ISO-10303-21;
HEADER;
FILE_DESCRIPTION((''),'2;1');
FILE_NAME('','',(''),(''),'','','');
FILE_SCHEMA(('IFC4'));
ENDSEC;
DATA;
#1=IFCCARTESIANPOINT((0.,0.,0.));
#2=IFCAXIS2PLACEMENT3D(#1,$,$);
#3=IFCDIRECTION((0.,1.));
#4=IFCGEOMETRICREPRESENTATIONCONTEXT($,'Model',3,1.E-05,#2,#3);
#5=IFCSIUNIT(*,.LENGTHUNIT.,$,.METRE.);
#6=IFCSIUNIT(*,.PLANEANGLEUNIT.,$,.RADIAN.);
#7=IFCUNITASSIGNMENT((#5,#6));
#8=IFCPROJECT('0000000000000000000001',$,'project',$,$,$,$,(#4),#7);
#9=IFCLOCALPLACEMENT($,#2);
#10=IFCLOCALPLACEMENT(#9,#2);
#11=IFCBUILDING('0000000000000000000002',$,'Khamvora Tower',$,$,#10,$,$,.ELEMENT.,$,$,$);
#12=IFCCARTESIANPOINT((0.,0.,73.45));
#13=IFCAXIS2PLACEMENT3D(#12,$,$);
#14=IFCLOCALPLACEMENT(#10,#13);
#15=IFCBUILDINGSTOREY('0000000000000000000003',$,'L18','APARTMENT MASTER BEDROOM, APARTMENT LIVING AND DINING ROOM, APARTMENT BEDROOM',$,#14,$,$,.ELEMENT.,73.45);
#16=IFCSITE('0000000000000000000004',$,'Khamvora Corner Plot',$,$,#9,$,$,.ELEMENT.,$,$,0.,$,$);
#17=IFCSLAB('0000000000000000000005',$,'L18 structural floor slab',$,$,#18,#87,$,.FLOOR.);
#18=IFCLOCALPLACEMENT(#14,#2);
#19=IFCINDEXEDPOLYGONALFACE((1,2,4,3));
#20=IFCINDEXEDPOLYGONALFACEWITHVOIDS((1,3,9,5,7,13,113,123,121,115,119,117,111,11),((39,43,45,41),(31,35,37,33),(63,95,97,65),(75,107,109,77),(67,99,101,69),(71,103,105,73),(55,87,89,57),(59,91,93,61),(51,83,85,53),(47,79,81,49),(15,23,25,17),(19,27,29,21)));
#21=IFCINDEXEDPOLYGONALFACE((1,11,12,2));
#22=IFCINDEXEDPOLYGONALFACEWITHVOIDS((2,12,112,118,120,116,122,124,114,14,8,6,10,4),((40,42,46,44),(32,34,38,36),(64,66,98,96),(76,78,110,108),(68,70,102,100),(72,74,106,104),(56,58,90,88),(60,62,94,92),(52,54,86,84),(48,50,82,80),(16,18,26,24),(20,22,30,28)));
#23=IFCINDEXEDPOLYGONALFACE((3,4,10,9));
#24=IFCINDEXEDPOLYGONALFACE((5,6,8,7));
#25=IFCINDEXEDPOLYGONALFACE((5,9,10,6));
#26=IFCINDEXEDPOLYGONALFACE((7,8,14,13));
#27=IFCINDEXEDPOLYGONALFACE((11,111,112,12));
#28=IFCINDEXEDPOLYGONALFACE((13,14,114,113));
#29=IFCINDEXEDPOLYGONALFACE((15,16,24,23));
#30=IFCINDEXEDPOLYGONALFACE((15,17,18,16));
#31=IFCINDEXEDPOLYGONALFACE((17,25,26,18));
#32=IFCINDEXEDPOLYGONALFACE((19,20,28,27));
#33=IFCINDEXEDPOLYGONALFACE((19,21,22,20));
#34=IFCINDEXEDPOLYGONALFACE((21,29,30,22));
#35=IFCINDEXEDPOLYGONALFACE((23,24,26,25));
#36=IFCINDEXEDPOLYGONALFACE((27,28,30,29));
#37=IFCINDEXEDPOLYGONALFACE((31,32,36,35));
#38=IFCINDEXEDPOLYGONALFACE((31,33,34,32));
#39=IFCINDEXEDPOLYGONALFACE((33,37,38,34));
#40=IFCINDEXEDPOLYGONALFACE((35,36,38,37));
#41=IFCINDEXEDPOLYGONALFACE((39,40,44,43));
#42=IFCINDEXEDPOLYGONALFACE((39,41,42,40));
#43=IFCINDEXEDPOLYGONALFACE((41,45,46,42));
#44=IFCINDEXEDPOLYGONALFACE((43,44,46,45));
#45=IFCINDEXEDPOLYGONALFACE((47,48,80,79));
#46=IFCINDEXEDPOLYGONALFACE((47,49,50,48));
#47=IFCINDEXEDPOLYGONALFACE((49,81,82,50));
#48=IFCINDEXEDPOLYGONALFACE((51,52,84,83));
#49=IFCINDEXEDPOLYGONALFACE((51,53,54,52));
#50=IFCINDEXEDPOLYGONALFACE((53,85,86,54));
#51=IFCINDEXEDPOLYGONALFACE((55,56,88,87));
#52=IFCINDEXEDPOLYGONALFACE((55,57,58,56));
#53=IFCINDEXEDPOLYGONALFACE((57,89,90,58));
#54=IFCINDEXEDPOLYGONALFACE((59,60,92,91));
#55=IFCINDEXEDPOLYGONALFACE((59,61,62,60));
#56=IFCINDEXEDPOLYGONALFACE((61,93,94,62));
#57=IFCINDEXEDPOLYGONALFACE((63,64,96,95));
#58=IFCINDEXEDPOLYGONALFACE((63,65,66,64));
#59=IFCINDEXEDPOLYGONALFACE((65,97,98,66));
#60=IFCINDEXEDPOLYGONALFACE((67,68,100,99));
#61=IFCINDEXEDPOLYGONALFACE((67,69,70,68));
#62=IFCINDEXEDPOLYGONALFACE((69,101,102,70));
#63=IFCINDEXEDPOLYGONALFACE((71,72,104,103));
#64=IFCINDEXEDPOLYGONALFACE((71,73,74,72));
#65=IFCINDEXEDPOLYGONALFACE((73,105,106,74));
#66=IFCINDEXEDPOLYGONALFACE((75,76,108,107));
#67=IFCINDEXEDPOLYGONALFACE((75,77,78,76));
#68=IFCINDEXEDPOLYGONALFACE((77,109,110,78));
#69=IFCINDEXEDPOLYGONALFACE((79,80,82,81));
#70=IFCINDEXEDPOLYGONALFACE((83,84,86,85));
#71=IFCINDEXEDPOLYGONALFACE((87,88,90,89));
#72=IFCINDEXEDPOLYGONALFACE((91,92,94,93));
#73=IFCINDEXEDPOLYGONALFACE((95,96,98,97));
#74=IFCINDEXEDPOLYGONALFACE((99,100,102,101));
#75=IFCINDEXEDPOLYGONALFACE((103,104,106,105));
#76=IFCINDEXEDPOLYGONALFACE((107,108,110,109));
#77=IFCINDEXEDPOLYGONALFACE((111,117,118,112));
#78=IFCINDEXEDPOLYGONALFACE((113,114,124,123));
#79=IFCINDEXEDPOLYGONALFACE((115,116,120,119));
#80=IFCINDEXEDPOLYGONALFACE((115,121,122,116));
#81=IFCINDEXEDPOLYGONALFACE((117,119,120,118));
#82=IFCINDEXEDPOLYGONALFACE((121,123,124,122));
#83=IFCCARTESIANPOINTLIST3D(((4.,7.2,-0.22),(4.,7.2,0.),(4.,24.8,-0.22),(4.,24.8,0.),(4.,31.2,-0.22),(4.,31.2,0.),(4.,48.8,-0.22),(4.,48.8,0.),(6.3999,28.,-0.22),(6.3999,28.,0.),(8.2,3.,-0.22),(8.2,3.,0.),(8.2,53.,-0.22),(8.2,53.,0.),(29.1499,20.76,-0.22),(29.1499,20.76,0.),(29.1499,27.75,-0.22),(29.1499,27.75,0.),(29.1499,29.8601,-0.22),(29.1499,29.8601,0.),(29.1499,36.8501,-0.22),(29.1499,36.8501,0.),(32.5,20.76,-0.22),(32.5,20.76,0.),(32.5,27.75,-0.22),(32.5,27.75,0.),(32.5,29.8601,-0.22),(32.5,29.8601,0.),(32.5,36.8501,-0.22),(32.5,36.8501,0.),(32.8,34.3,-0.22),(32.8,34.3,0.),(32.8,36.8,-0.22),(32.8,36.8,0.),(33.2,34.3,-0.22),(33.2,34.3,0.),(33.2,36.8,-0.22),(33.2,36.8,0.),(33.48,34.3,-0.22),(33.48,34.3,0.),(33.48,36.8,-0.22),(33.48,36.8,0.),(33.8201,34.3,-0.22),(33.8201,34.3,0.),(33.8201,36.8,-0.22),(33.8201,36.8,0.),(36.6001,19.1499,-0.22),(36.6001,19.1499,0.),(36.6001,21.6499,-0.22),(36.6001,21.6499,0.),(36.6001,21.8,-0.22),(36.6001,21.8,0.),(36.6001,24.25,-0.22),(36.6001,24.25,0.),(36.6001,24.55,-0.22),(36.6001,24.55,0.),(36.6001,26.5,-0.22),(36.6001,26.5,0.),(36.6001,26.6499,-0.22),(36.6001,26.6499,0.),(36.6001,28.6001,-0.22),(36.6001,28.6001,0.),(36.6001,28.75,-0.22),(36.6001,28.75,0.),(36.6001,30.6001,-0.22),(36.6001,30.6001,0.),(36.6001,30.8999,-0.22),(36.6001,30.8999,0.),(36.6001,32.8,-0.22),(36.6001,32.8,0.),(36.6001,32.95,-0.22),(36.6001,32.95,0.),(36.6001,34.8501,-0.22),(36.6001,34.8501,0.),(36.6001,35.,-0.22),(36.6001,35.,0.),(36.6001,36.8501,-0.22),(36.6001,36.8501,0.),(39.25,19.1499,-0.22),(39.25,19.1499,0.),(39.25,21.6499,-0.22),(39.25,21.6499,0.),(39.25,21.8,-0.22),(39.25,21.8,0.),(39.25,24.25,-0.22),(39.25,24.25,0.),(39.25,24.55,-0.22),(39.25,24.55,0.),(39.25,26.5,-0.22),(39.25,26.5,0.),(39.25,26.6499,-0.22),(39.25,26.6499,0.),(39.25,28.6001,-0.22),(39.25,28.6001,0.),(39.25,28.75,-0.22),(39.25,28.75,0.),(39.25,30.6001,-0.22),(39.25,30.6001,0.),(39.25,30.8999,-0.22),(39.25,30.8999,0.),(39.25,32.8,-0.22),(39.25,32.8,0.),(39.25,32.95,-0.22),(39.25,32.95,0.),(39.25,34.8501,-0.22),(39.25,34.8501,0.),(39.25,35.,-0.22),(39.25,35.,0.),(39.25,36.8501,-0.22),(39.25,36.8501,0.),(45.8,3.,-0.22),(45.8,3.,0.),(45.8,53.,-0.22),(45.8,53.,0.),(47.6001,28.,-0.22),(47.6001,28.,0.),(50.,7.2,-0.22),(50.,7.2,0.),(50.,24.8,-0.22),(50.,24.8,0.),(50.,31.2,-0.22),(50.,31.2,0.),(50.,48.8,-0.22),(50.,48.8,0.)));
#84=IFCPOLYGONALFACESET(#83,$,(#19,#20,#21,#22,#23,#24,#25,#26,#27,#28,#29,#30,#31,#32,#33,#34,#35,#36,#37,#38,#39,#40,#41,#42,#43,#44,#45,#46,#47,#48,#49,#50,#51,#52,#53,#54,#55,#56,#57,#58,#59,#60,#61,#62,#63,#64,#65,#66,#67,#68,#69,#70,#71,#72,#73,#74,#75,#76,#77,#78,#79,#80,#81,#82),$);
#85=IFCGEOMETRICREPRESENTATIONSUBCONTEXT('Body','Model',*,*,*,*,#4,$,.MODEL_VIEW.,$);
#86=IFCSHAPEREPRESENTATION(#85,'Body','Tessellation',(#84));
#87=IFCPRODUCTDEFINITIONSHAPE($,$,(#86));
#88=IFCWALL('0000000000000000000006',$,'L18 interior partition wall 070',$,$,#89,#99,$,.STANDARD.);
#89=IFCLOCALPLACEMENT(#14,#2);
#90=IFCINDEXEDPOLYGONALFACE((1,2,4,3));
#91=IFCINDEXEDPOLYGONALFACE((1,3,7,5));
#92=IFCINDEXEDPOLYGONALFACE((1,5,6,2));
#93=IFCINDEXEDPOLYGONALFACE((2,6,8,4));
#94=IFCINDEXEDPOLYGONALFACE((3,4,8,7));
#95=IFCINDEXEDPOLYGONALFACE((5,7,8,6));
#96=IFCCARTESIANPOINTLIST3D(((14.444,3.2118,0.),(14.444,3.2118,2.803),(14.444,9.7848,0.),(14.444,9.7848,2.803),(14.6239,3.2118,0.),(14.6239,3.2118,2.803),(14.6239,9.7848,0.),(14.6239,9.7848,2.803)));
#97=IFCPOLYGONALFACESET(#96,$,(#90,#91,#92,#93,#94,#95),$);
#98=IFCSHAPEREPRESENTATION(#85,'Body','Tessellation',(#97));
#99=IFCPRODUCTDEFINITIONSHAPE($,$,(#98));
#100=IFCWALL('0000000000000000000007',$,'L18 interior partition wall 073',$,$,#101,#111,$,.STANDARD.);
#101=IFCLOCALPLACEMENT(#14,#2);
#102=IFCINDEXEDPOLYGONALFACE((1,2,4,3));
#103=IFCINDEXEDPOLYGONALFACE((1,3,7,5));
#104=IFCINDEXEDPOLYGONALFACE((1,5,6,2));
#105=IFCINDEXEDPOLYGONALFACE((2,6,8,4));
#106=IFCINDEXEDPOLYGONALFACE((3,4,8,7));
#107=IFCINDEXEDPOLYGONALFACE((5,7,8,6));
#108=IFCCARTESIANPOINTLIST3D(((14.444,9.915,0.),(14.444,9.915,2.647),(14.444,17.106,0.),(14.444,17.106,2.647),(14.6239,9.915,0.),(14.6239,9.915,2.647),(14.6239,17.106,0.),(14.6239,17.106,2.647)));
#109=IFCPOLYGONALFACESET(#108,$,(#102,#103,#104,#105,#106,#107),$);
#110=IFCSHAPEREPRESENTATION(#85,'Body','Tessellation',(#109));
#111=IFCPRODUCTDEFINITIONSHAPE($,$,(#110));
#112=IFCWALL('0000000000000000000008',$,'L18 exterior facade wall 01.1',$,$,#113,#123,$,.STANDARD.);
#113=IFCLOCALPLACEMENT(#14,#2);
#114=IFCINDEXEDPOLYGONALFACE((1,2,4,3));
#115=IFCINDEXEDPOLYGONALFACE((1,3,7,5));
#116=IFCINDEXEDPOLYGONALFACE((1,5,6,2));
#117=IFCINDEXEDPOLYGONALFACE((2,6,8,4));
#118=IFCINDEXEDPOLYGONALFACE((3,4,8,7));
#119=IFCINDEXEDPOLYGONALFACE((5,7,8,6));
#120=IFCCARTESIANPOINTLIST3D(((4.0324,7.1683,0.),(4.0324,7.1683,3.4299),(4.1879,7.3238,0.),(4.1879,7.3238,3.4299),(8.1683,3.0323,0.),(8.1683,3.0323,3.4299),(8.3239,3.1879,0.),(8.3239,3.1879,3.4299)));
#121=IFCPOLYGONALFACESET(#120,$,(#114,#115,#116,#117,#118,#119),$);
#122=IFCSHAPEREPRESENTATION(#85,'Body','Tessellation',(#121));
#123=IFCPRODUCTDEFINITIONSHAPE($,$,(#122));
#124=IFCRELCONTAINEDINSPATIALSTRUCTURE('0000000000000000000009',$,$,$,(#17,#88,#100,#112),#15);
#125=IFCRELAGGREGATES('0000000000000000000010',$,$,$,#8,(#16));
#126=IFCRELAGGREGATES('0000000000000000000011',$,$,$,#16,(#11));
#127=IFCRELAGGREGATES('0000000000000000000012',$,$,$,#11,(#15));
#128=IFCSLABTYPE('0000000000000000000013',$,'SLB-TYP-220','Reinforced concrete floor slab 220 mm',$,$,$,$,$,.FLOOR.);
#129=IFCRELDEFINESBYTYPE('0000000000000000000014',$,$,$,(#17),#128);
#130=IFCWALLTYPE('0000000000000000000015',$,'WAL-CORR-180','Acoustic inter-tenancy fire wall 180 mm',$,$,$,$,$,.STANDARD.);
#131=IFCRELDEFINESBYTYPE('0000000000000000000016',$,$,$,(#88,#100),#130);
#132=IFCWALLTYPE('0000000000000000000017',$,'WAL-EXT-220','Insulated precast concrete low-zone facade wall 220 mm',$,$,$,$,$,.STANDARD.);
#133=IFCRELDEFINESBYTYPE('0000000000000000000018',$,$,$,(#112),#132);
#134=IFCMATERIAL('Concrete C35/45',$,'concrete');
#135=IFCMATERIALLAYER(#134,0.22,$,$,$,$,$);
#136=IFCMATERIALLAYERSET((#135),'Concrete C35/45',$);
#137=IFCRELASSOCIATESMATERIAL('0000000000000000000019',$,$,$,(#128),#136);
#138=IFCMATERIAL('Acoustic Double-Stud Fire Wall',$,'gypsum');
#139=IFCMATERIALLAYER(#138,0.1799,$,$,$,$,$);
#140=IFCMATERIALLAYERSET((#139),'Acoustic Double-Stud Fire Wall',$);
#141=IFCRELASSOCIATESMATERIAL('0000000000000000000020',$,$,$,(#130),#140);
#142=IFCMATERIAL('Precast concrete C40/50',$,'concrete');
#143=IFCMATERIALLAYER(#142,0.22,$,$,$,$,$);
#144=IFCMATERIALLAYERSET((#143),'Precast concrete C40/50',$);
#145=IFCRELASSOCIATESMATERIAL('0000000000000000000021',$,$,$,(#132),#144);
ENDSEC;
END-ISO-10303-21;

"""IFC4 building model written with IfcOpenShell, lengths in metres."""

from ifc_helpers import new_model, si_unit, direction, frame, frame_2d, origin, place, context, subcontext, project, spatial, polyline, rectangle, outline, extrude, material, layer, layer_set, type_object, element, save


model = new_model("IFC4")

# Units and contexts
model_context = context("Model", 3, precision=1e-05, world=origin(), true_north=direction((0.0, 1.0)))
body_context = subcontext(model_context, "Body", "Model", "MODEL_VIEW")
ifc_project = project(units=[si_unit("LENGTHUNIT", "METRE"), si_unit("PLANEANGLEUNIT", "RADIAN")], contexts=[model_context])

# Site, building, storey
site_placement = place(None, origin())
site = spatial("IfcSite", under=ifc_project, at=site_placement, Name="Khamvora Corner Plot", CompositionType="ELEMENT", RefElevation=0.0)
building_placement = place(site_placement, origin())
building = spatial("IfcBuilding", under=site, at=building_placement, Name="Khamvora Tower", CompositionType="ELEMENT")
storey_placement = place(building_placement, frame((0.0, 0.0, 73.45)))
storey = spatial("IfcBuildingStorey", under=building, at=storey_placement, Name="L18", Description="APARTMENT MASTER BEDROOM, APARTMENT LIVING AND DINING ROOM, APARTMENT BEDROOM", CompositionType="ELEMENT", Elevation=73.45)

# Slab
ifc_material_1 = material(Name="Concrete C35/45", Category="concrete")
ifc_layer_1 = layer(ifc_material_1, 0.22)
ifc_layer_set_1 = layer_set([ifc_layer_1], Name="Concrete C35/45")
slab_type_1 = type_object("IfcSlabType", Name="SLB-TYP-220", Description="Reinforced concrete floor slab 220 mm", PredefinedType="FLOOR", material=ifc_layer_set_1)
slab_1_placement = place(storey_placement, frame((0.0, 0.0, -0.22)))
element("IfcSlab", 1, at=slab_1_placement, inside=storey, type_object=slab_type_1, Name="L18 structural floor slab", PredefinedType="FLOOR", context=body_context, shape_type="SweptSolid", body=[
    extrude(outline(polyline([(8.2, 3.0), (45.8, 3.0), (50.0, 7.2), (50.0, 24.8), (47.6001, 28.0), (50.0, 31.2), (50.0, 48.8), (45.8, 53.0), (8.2, 53.0), (4.0, 48.8), (4.0, 31.2), (6.3999, 28.0), (4.0, 24.8), (4.0, 7.2), (8.2, 3.0)]), holes=[polyline([(32.5, 20.76), (32.5, 27.75), (29.1499, 27.75), (29.1499, 20.76), (32.5, 20.76)]), polyline([(32.5, 29.8601), (32.5, 36.8501), (29.1499, 36.8501), (29.1499, 29.8601), (32.5, 29.8601)]), polyline([(36.6001, 19.1499), (39.25, 19.1499), (39.25, 21.6499), (36.6001, 21.6499), (36.6001, 19.1499)]), polyline([(36.6001, 21.8), (39.25, 21.8), (39.25, 24.25), (36.6001, 24.25), (36.6001, 21.8)]), polyline([(36.6001, 24.55), (39.25, 24.55), (39.25, 26.5), (36.6001, 26.5), (36.6001, 24.55)]), polyline([(36.6001, 26.6499), (39.25, 26.6499), (39.25, 28.6001), (36.6001, 28.6001), (36.6001, 26.6499)]), polyline([(36.6001, 28.75), (39.25, 28.75), (39.25, 30.6001), (36.6001, 30.6001), (36.6001, 28.75)]), polyline([(36.6001, 30.8999), (39.25, 30.8999), (39.25, 32.8), (36.6001, 32.8), (36.6001, 30.8999)]), polyline([(36.6001, 32.95), (39.25, 32.95), (39.25, 34.8501), (36.6001, 34.8501), (36.6001, 32.95)]), polyline([(36.6001, 35.0), (39.25, 35.0), (39.25, 36.8501), (36.6001, 36.8501), (36.6001, 35.0)]), polyline([(32.8, 34.3), (33.2, 34.3), (33.2, 36.8), (32.8, 36.8), (32.8, 34.3)]), polyline([(33.48, 34.3), (33.8201, 34.3), (33.8201, 36.8), (33.48, 36.8), (33.48, 34.3)])]), origin(), (0.0, 0.0, 1.0), 0.22),
])

# Walls
ifc_material_2 = material(Name="Acoustic Double-Stud Fire Wall", Category="gypsum")
ifc_layer_2 = layer(ifc_material_2, 0.1799)
ifc_layer_set_2 = layer_set([ifc_layer_2], Name="Acoustic Double-Stud Fire Wall")
wall_type_1 = type_object("IfcWallType", Name="WAL-CORR-180", Description="Acoustic inter-tenancy fire wall 180 mm", PredefinedType="STANDARD", material=ifc_layer_set_2)
wall_1_placement = place(storey_placement, frame((14.5339, 9.7849, 0.0), z_axis=(0.0, 0.0, 1.0), x_axis=(0.0, -1.0, 0.0)))
element("IfcWall", 2, at=wall_1_placement, inside=storey, type_object=wall_type_1, Name="L18 interior partition wall 070", PredefinedType="STANDARD", context=body_context, shape_type="SweptSolid", body=[
    extrude(rectangle(XDim=6.573, YDim=0.1799, at=frame_2d((3.2866, 0.0))), origin(), (0.0, 0.0, 1.0), 2.803),
])
wall_2_placement = place(storey_placement, frame((14.5339, 17.106, 0.0), z_axis=(0.0, 0.0, 1.0), x_axis=(0.0, -1.0, 0.0)))
element("IfcWall", 3, at=wall_2_placement, inside=storey, type_object=wall_type_1, Name="L18 interior partition wall 073", PredefinedType="STANDARD", context=body_context, shape_type="SweptSolid", body=[
    extrude(rectangle(XDim=7.1909, YDim=0.1799, at=frame_2d((3.5955, 0.0))), origin(), (0.0, 0.0, 1.0), 2.647),
])
ifc_material_3 = material(Name="Precast concrete C40/50", Category="concrete")
ifc_layer_3 = layer(ifc_material_3, 0.22)
ifc_layer_set_3 = layer_set([ifc_layer_3], Name="Precast concrete C40/50")
wall_type_2 = type_object("IfcWallType", Name="WAL-EXT-220", Description="Insulated precast concrete low-zone facade wall 220 mm", PredefinedType="STANDARD", material=ifc_layer_set_3)
wall_3_placement = place(storey_placement, frame((8.2461, 3.1101, 0.0), z_axis=(0.0, 0.0, 1.0), x_axis=(-0.707107, 0.707107, 0.0)))
element("IfcWall", 4, at=wall_3_placement, inside=storey, type_object=wall_type_2, Name="L18 exterior facade wall 01.1", PredefinedType="STANDARD", context=body_context, shape_type="SweptSolid", body=[
    extrude(rectangle(XDim=5.8491, YDim=0.22, at=frame_2d((2.9246, 0.0))), origin(), (0.0, 0.0, 1.0), 3.4299),
])

save(model, "model.ifc")
